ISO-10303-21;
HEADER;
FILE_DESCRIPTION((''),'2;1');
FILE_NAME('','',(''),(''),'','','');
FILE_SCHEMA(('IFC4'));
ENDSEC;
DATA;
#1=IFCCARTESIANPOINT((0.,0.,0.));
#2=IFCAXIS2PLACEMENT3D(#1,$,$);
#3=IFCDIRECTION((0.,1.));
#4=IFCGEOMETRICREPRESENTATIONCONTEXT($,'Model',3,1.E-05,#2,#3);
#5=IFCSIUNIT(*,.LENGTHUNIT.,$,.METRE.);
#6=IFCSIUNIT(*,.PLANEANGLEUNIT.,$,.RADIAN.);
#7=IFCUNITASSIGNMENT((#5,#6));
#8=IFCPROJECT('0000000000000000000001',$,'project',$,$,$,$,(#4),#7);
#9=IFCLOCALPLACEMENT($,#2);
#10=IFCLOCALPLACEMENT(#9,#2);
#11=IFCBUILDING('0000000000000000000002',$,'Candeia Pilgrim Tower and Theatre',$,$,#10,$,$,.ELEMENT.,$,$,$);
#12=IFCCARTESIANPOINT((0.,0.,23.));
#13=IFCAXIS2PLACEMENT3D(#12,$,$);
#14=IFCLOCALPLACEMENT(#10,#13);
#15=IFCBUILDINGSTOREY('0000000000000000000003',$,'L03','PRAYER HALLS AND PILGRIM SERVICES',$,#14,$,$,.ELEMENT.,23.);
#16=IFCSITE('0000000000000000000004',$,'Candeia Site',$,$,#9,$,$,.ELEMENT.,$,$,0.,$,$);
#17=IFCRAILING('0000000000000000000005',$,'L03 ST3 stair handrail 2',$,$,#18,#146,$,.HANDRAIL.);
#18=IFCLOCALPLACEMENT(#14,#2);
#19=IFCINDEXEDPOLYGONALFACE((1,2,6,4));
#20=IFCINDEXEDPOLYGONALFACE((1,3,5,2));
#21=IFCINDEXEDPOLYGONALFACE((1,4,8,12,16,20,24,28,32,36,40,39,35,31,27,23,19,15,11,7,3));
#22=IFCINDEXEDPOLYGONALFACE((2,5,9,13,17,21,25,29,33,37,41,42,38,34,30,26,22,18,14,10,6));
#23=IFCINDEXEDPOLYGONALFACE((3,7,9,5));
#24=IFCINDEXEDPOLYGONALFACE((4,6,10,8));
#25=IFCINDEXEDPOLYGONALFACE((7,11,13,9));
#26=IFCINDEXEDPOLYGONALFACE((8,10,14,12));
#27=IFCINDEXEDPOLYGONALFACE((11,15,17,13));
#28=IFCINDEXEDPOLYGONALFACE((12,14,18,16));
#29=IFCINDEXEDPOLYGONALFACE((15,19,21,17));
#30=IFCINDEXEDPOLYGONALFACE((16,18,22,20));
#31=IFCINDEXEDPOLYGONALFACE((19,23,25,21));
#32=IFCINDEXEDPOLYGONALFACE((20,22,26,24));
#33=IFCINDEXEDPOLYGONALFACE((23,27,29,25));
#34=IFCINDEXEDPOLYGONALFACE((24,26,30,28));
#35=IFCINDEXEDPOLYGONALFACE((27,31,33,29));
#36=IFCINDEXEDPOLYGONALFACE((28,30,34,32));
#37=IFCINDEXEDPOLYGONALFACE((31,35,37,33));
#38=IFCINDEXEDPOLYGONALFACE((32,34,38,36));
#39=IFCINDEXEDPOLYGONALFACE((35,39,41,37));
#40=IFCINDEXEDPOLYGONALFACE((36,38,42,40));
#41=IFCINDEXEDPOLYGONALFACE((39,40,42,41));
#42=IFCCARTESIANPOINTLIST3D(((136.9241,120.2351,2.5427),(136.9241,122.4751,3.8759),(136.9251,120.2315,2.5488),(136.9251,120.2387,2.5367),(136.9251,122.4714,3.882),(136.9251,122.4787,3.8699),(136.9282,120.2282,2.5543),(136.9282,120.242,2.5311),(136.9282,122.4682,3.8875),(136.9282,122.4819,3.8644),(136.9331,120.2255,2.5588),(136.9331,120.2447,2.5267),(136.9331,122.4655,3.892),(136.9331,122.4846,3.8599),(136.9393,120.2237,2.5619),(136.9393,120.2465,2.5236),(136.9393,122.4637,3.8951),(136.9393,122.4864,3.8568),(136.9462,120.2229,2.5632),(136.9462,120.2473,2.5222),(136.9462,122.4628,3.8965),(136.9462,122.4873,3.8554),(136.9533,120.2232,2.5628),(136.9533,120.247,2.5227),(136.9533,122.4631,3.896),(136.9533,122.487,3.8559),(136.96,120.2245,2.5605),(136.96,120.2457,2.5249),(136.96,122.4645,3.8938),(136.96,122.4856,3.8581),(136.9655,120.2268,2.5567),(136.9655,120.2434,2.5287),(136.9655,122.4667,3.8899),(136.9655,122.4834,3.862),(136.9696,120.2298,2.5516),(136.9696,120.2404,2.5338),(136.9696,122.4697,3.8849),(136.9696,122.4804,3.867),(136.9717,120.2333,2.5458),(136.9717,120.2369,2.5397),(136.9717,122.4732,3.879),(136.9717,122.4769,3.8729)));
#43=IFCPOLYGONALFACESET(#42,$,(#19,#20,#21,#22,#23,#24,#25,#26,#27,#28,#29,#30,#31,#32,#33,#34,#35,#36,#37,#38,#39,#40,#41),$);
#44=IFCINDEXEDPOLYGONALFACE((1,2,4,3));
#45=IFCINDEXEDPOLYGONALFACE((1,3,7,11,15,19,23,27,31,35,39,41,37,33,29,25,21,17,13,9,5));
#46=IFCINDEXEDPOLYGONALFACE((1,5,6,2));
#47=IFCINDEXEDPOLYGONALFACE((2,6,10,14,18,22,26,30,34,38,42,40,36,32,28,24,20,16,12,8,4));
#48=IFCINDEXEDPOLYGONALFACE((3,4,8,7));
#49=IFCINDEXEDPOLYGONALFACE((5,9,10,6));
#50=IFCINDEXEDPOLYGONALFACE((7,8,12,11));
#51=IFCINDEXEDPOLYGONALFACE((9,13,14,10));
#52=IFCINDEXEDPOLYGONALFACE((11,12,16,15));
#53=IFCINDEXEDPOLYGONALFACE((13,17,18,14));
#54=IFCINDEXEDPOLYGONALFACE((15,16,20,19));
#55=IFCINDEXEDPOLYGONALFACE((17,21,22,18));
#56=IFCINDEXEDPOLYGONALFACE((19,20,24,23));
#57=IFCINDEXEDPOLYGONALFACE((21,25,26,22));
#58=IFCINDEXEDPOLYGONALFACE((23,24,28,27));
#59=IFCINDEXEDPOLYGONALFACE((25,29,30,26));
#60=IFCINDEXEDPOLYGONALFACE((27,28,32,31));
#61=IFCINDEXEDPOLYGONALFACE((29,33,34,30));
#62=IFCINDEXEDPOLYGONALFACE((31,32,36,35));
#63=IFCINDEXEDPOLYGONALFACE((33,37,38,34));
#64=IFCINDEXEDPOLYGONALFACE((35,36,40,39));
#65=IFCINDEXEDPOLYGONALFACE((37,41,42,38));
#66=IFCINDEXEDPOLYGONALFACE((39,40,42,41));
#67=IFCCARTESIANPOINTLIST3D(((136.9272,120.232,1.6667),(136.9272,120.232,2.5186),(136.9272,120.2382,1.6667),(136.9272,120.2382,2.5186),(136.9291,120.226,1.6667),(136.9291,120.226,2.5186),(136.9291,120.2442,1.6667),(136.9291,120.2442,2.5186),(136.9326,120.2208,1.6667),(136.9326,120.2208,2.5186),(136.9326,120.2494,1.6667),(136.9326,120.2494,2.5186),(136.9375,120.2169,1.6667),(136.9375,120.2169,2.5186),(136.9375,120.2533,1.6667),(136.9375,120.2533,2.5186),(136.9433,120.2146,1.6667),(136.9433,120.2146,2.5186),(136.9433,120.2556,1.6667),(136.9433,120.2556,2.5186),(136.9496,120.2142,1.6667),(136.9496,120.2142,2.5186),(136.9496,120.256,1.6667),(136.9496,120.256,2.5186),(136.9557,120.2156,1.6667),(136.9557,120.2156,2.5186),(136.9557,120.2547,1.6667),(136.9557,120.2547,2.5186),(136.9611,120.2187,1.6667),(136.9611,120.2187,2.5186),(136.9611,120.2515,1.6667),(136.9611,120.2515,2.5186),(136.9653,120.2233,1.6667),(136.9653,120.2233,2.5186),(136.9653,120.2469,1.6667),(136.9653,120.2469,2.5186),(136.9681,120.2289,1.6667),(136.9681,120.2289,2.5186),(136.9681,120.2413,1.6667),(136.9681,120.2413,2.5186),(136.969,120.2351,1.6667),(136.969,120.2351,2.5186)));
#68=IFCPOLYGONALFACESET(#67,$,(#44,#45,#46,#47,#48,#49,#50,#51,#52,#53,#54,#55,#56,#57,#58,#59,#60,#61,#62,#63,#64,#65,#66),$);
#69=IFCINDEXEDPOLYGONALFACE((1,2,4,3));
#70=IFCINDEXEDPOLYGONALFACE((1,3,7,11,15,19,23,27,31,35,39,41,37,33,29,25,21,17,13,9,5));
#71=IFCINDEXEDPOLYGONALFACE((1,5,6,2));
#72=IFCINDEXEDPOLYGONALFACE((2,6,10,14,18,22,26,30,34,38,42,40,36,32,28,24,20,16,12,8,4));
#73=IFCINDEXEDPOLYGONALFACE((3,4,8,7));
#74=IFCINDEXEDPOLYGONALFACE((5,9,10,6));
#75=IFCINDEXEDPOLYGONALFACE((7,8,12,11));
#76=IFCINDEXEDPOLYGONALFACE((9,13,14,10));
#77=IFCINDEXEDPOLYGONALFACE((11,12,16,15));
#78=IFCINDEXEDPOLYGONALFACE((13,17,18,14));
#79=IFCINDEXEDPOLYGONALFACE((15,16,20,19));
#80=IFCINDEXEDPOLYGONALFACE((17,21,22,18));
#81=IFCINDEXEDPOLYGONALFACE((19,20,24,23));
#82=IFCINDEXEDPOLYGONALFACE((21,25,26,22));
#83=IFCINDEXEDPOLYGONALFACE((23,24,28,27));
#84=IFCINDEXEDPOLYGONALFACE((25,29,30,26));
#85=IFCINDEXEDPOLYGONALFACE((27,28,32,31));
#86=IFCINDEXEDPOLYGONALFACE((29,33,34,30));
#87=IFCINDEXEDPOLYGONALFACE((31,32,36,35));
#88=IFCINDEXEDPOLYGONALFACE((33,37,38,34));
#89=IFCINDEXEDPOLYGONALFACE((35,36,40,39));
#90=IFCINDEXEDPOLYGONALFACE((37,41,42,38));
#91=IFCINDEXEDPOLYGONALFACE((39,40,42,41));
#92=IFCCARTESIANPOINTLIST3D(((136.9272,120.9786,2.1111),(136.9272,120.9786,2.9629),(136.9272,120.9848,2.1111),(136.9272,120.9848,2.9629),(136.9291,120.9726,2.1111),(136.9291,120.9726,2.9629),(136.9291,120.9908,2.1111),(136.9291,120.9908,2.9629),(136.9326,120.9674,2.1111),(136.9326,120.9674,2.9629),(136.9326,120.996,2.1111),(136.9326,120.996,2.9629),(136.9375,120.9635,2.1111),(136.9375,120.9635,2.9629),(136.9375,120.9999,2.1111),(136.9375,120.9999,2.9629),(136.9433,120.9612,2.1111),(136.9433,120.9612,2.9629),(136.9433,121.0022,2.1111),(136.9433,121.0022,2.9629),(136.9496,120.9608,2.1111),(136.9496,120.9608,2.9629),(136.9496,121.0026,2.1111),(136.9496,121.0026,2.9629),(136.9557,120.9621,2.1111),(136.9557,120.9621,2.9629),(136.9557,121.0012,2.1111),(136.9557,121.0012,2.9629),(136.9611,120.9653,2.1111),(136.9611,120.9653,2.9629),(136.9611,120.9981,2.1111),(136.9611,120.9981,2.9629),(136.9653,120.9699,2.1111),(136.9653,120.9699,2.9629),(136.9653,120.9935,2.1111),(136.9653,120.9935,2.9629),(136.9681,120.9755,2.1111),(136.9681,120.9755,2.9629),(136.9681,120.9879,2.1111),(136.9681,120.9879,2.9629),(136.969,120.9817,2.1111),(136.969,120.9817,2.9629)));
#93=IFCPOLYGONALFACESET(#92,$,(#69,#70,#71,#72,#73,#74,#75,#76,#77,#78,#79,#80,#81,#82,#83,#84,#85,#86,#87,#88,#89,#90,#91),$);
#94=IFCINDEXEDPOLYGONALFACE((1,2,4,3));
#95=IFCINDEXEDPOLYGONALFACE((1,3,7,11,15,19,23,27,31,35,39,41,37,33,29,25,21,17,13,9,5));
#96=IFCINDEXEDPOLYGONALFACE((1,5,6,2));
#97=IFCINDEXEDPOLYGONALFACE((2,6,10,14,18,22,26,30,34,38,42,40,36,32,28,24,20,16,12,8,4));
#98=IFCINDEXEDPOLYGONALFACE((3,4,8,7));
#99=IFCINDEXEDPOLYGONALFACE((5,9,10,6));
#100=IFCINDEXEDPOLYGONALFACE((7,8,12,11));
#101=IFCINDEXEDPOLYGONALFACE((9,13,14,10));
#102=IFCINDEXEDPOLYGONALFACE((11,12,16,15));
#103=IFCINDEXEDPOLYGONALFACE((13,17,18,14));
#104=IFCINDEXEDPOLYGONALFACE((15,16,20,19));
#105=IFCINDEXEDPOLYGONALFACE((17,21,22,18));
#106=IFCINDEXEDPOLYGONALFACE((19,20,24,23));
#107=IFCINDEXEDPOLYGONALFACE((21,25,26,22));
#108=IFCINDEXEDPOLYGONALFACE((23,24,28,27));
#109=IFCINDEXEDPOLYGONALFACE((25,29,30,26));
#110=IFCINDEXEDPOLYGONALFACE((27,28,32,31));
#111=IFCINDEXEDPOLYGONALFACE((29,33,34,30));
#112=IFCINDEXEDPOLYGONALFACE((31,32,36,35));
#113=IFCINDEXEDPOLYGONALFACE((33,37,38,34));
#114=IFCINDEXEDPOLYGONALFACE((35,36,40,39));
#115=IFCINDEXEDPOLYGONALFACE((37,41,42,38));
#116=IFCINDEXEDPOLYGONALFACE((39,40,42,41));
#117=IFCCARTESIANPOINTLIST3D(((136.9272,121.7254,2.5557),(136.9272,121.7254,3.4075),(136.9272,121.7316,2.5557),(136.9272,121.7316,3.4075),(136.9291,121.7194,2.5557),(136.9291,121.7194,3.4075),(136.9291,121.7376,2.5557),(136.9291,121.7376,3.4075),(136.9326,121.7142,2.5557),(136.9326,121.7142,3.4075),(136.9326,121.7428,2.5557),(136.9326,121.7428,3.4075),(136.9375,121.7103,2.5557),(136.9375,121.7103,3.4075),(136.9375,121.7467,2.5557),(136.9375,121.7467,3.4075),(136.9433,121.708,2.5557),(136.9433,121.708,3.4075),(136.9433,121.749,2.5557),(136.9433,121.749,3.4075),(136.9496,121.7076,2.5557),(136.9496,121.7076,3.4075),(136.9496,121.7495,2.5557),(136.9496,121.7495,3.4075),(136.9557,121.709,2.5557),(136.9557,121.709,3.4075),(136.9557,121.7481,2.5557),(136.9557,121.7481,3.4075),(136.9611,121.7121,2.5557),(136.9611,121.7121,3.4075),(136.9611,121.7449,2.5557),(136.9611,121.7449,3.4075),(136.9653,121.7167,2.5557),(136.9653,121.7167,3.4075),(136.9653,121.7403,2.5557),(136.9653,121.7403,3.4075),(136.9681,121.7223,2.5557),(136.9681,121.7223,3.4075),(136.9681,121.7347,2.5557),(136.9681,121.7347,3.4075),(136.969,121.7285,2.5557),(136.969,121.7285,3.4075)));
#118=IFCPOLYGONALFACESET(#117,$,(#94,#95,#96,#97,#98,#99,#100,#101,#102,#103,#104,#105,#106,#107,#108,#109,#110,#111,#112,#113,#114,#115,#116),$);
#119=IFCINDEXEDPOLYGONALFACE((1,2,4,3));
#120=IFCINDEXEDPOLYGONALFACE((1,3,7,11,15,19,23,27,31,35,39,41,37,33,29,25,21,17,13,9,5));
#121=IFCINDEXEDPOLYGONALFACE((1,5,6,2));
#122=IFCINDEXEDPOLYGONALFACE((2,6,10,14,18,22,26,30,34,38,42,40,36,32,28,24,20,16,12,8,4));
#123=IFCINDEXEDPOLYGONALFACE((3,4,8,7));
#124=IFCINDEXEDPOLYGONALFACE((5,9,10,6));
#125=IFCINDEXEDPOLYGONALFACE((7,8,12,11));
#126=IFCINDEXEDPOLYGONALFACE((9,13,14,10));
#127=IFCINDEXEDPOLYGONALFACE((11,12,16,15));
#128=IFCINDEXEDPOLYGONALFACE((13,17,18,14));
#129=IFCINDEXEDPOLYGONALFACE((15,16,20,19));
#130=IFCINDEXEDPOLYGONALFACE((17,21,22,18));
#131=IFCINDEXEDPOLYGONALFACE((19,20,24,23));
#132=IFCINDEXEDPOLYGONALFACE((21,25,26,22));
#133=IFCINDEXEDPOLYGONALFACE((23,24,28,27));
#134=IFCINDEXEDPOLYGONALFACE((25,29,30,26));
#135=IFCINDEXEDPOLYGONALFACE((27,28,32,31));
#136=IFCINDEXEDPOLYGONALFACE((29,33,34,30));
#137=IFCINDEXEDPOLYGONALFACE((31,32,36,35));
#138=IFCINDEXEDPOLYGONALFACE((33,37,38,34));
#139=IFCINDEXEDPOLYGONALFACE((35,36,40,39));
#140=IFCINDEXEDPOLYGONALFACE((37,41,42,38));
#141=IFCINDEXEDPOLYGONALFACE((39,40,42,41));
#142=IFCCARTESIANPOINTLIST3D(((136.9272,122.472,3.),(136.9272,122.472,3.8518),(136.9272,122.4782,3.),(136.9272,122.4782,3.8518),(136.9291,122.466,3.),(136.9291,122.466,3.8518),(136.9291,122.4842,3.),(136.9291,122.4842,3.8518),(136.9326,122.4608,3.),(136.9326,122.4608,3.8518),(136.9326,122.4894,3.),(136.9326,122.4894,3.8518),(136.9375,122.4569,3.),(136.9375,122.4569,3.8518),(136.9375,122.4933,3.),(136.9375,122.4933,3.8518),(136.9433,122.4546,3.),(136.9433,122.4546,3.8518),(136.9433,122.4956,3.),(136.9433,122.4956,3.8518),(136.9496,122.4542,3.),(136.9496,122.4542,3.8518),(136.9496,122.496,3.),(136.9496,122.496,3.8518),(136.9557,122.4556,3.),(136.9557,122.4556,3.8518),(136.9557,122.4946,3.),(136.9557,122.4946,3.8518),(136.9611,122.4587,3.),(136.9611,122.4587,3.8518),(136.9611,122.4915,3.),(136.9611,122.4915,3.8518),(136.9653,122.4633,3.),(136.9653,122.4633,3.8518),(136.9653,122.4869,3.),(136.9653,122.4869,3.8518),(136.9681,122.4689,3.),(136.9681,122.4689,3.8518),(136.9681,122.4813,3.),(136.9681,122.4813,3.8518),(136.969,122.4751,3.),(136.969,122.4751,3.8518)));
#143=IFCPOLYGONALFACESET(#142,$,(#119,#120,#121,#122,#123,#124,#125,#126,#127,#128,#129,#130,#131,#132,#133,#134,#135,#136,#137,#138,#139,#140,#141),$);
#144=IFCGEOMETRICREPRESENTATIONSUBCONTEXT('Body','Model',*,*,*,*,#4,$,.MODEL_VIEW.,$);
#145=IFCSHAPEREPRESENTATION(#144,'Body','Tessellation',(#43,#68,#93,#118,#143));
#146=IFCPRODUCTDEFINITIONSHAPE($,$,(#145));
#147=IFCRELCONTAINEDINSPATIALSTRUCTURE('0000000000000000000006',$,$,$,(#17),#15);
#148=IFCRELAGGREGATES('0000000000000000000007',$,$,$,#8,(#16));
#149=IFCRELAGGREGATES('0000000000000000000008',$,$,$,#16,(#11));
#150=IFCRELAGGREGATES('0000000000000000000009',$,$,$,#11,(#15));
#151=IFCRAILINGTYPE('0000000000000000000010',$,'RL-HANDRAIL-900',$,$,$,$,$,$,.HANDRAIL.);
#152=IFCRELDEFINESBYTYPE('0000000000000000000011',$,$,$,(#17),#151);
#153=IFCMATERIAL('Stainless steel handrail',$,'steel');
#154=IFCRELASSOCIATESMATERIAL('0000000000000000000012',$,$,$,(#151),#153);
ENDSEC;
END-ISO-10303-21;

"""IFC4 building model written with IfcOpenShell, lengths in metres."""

from ifc_helpers import new_model, si_unit, direction, frame, origin, origin_2d, place, context, subcontext, project, spatial, circle, extrude, material, type_object, element, save


model = new_model("IFC4")

# Units and contexts
model_context = context("Model", 3, precision=1e-05, world=origin(), true_north=direction((0.0, 1.0)))
body_context = subcontext(model_context, "Body", "Model", "MODEL_VIEW")
ifc_project = project(units=[si_unit("LENGTHUNIT", "METRE"), si_unit("PLANEANGLEUNIT", "RADIAN")], contexts=[model_context])

# Site, building, storey
site_placement = place(None, origin())
site = spatial("IfcSite", under=ifc_project, at=site_placement, Name="Candeia Site", CompositionType="ELEMENT", RefElevation=0.0)
building_placement = place(site_placement, origin())
building = spatial("IfcBuilding", under=site, at=building_placement, Name="Candeia Pilgrim Tower and Theatre", CompositionType="ELEMENT")
storey_placement = place(building_placement, frame((0.0, 0.0, 23.0)))
storey = spatial("IfcBuildingStorey", under=building, at=storey_placement, Name="L03", Description="PRAYER HALLS AND PILGRIM SERVICES", CompositionType="ELEMENT", Elevation=23.0)

# Railing
ifc_material_1 = material(Name="Stainless steel handrail", Category="steel")
railing_type_1 = type_object("IfcRailingType", Name="RL-HANDRAIL-900", PredefinedType="HANDRAIL", material=ifc_material_1)
railing_1_placement = place(storey_placement, frame((136.948, 120.2351, 1.6667)))
element("IfcRailing", 1, at=railing_1_placement, inside=storey, type_object=railing_type_1, Name="L03 ST3 stair handrail 2", PredefinedType="HANDRAIL", context=body_context, shape_type="SweptSolid", body=[
    extrude(circle(Radius=0.0239, at=origin_2d()), frame((0.0, 0.0, 0.876), z_axis=(0.0, 0.859306, 0.511462), x_axis=(-1.0, 0.0, 0.0)), (0.0, 0.0, 1.0), 2.6067),
    extrude(circle(Radius=0.021, at=origin_2d()), origin(), (0.0, 0.0, 1.0), 0.8518),
    extrude(circle(Radius=0.021, at=origin_2d()), frame((0.0, 0.7466, 0.4443)), (0.0, 0.0, 1.0), 0.8518),
    extrude(circle(Radius=0.021, at=origin_2d()), frame((0.0, 1.4934, 0.8889)), (0.0, 0.0, 1.0), 0.8518),
    extrude(circle(Radius=0.021, at=origin_2d()), frame((0.0, 2.24, 1.3333)), (0.0, 0.0, 1.0), 0.8518),
])

save(model, "model.ifc")
